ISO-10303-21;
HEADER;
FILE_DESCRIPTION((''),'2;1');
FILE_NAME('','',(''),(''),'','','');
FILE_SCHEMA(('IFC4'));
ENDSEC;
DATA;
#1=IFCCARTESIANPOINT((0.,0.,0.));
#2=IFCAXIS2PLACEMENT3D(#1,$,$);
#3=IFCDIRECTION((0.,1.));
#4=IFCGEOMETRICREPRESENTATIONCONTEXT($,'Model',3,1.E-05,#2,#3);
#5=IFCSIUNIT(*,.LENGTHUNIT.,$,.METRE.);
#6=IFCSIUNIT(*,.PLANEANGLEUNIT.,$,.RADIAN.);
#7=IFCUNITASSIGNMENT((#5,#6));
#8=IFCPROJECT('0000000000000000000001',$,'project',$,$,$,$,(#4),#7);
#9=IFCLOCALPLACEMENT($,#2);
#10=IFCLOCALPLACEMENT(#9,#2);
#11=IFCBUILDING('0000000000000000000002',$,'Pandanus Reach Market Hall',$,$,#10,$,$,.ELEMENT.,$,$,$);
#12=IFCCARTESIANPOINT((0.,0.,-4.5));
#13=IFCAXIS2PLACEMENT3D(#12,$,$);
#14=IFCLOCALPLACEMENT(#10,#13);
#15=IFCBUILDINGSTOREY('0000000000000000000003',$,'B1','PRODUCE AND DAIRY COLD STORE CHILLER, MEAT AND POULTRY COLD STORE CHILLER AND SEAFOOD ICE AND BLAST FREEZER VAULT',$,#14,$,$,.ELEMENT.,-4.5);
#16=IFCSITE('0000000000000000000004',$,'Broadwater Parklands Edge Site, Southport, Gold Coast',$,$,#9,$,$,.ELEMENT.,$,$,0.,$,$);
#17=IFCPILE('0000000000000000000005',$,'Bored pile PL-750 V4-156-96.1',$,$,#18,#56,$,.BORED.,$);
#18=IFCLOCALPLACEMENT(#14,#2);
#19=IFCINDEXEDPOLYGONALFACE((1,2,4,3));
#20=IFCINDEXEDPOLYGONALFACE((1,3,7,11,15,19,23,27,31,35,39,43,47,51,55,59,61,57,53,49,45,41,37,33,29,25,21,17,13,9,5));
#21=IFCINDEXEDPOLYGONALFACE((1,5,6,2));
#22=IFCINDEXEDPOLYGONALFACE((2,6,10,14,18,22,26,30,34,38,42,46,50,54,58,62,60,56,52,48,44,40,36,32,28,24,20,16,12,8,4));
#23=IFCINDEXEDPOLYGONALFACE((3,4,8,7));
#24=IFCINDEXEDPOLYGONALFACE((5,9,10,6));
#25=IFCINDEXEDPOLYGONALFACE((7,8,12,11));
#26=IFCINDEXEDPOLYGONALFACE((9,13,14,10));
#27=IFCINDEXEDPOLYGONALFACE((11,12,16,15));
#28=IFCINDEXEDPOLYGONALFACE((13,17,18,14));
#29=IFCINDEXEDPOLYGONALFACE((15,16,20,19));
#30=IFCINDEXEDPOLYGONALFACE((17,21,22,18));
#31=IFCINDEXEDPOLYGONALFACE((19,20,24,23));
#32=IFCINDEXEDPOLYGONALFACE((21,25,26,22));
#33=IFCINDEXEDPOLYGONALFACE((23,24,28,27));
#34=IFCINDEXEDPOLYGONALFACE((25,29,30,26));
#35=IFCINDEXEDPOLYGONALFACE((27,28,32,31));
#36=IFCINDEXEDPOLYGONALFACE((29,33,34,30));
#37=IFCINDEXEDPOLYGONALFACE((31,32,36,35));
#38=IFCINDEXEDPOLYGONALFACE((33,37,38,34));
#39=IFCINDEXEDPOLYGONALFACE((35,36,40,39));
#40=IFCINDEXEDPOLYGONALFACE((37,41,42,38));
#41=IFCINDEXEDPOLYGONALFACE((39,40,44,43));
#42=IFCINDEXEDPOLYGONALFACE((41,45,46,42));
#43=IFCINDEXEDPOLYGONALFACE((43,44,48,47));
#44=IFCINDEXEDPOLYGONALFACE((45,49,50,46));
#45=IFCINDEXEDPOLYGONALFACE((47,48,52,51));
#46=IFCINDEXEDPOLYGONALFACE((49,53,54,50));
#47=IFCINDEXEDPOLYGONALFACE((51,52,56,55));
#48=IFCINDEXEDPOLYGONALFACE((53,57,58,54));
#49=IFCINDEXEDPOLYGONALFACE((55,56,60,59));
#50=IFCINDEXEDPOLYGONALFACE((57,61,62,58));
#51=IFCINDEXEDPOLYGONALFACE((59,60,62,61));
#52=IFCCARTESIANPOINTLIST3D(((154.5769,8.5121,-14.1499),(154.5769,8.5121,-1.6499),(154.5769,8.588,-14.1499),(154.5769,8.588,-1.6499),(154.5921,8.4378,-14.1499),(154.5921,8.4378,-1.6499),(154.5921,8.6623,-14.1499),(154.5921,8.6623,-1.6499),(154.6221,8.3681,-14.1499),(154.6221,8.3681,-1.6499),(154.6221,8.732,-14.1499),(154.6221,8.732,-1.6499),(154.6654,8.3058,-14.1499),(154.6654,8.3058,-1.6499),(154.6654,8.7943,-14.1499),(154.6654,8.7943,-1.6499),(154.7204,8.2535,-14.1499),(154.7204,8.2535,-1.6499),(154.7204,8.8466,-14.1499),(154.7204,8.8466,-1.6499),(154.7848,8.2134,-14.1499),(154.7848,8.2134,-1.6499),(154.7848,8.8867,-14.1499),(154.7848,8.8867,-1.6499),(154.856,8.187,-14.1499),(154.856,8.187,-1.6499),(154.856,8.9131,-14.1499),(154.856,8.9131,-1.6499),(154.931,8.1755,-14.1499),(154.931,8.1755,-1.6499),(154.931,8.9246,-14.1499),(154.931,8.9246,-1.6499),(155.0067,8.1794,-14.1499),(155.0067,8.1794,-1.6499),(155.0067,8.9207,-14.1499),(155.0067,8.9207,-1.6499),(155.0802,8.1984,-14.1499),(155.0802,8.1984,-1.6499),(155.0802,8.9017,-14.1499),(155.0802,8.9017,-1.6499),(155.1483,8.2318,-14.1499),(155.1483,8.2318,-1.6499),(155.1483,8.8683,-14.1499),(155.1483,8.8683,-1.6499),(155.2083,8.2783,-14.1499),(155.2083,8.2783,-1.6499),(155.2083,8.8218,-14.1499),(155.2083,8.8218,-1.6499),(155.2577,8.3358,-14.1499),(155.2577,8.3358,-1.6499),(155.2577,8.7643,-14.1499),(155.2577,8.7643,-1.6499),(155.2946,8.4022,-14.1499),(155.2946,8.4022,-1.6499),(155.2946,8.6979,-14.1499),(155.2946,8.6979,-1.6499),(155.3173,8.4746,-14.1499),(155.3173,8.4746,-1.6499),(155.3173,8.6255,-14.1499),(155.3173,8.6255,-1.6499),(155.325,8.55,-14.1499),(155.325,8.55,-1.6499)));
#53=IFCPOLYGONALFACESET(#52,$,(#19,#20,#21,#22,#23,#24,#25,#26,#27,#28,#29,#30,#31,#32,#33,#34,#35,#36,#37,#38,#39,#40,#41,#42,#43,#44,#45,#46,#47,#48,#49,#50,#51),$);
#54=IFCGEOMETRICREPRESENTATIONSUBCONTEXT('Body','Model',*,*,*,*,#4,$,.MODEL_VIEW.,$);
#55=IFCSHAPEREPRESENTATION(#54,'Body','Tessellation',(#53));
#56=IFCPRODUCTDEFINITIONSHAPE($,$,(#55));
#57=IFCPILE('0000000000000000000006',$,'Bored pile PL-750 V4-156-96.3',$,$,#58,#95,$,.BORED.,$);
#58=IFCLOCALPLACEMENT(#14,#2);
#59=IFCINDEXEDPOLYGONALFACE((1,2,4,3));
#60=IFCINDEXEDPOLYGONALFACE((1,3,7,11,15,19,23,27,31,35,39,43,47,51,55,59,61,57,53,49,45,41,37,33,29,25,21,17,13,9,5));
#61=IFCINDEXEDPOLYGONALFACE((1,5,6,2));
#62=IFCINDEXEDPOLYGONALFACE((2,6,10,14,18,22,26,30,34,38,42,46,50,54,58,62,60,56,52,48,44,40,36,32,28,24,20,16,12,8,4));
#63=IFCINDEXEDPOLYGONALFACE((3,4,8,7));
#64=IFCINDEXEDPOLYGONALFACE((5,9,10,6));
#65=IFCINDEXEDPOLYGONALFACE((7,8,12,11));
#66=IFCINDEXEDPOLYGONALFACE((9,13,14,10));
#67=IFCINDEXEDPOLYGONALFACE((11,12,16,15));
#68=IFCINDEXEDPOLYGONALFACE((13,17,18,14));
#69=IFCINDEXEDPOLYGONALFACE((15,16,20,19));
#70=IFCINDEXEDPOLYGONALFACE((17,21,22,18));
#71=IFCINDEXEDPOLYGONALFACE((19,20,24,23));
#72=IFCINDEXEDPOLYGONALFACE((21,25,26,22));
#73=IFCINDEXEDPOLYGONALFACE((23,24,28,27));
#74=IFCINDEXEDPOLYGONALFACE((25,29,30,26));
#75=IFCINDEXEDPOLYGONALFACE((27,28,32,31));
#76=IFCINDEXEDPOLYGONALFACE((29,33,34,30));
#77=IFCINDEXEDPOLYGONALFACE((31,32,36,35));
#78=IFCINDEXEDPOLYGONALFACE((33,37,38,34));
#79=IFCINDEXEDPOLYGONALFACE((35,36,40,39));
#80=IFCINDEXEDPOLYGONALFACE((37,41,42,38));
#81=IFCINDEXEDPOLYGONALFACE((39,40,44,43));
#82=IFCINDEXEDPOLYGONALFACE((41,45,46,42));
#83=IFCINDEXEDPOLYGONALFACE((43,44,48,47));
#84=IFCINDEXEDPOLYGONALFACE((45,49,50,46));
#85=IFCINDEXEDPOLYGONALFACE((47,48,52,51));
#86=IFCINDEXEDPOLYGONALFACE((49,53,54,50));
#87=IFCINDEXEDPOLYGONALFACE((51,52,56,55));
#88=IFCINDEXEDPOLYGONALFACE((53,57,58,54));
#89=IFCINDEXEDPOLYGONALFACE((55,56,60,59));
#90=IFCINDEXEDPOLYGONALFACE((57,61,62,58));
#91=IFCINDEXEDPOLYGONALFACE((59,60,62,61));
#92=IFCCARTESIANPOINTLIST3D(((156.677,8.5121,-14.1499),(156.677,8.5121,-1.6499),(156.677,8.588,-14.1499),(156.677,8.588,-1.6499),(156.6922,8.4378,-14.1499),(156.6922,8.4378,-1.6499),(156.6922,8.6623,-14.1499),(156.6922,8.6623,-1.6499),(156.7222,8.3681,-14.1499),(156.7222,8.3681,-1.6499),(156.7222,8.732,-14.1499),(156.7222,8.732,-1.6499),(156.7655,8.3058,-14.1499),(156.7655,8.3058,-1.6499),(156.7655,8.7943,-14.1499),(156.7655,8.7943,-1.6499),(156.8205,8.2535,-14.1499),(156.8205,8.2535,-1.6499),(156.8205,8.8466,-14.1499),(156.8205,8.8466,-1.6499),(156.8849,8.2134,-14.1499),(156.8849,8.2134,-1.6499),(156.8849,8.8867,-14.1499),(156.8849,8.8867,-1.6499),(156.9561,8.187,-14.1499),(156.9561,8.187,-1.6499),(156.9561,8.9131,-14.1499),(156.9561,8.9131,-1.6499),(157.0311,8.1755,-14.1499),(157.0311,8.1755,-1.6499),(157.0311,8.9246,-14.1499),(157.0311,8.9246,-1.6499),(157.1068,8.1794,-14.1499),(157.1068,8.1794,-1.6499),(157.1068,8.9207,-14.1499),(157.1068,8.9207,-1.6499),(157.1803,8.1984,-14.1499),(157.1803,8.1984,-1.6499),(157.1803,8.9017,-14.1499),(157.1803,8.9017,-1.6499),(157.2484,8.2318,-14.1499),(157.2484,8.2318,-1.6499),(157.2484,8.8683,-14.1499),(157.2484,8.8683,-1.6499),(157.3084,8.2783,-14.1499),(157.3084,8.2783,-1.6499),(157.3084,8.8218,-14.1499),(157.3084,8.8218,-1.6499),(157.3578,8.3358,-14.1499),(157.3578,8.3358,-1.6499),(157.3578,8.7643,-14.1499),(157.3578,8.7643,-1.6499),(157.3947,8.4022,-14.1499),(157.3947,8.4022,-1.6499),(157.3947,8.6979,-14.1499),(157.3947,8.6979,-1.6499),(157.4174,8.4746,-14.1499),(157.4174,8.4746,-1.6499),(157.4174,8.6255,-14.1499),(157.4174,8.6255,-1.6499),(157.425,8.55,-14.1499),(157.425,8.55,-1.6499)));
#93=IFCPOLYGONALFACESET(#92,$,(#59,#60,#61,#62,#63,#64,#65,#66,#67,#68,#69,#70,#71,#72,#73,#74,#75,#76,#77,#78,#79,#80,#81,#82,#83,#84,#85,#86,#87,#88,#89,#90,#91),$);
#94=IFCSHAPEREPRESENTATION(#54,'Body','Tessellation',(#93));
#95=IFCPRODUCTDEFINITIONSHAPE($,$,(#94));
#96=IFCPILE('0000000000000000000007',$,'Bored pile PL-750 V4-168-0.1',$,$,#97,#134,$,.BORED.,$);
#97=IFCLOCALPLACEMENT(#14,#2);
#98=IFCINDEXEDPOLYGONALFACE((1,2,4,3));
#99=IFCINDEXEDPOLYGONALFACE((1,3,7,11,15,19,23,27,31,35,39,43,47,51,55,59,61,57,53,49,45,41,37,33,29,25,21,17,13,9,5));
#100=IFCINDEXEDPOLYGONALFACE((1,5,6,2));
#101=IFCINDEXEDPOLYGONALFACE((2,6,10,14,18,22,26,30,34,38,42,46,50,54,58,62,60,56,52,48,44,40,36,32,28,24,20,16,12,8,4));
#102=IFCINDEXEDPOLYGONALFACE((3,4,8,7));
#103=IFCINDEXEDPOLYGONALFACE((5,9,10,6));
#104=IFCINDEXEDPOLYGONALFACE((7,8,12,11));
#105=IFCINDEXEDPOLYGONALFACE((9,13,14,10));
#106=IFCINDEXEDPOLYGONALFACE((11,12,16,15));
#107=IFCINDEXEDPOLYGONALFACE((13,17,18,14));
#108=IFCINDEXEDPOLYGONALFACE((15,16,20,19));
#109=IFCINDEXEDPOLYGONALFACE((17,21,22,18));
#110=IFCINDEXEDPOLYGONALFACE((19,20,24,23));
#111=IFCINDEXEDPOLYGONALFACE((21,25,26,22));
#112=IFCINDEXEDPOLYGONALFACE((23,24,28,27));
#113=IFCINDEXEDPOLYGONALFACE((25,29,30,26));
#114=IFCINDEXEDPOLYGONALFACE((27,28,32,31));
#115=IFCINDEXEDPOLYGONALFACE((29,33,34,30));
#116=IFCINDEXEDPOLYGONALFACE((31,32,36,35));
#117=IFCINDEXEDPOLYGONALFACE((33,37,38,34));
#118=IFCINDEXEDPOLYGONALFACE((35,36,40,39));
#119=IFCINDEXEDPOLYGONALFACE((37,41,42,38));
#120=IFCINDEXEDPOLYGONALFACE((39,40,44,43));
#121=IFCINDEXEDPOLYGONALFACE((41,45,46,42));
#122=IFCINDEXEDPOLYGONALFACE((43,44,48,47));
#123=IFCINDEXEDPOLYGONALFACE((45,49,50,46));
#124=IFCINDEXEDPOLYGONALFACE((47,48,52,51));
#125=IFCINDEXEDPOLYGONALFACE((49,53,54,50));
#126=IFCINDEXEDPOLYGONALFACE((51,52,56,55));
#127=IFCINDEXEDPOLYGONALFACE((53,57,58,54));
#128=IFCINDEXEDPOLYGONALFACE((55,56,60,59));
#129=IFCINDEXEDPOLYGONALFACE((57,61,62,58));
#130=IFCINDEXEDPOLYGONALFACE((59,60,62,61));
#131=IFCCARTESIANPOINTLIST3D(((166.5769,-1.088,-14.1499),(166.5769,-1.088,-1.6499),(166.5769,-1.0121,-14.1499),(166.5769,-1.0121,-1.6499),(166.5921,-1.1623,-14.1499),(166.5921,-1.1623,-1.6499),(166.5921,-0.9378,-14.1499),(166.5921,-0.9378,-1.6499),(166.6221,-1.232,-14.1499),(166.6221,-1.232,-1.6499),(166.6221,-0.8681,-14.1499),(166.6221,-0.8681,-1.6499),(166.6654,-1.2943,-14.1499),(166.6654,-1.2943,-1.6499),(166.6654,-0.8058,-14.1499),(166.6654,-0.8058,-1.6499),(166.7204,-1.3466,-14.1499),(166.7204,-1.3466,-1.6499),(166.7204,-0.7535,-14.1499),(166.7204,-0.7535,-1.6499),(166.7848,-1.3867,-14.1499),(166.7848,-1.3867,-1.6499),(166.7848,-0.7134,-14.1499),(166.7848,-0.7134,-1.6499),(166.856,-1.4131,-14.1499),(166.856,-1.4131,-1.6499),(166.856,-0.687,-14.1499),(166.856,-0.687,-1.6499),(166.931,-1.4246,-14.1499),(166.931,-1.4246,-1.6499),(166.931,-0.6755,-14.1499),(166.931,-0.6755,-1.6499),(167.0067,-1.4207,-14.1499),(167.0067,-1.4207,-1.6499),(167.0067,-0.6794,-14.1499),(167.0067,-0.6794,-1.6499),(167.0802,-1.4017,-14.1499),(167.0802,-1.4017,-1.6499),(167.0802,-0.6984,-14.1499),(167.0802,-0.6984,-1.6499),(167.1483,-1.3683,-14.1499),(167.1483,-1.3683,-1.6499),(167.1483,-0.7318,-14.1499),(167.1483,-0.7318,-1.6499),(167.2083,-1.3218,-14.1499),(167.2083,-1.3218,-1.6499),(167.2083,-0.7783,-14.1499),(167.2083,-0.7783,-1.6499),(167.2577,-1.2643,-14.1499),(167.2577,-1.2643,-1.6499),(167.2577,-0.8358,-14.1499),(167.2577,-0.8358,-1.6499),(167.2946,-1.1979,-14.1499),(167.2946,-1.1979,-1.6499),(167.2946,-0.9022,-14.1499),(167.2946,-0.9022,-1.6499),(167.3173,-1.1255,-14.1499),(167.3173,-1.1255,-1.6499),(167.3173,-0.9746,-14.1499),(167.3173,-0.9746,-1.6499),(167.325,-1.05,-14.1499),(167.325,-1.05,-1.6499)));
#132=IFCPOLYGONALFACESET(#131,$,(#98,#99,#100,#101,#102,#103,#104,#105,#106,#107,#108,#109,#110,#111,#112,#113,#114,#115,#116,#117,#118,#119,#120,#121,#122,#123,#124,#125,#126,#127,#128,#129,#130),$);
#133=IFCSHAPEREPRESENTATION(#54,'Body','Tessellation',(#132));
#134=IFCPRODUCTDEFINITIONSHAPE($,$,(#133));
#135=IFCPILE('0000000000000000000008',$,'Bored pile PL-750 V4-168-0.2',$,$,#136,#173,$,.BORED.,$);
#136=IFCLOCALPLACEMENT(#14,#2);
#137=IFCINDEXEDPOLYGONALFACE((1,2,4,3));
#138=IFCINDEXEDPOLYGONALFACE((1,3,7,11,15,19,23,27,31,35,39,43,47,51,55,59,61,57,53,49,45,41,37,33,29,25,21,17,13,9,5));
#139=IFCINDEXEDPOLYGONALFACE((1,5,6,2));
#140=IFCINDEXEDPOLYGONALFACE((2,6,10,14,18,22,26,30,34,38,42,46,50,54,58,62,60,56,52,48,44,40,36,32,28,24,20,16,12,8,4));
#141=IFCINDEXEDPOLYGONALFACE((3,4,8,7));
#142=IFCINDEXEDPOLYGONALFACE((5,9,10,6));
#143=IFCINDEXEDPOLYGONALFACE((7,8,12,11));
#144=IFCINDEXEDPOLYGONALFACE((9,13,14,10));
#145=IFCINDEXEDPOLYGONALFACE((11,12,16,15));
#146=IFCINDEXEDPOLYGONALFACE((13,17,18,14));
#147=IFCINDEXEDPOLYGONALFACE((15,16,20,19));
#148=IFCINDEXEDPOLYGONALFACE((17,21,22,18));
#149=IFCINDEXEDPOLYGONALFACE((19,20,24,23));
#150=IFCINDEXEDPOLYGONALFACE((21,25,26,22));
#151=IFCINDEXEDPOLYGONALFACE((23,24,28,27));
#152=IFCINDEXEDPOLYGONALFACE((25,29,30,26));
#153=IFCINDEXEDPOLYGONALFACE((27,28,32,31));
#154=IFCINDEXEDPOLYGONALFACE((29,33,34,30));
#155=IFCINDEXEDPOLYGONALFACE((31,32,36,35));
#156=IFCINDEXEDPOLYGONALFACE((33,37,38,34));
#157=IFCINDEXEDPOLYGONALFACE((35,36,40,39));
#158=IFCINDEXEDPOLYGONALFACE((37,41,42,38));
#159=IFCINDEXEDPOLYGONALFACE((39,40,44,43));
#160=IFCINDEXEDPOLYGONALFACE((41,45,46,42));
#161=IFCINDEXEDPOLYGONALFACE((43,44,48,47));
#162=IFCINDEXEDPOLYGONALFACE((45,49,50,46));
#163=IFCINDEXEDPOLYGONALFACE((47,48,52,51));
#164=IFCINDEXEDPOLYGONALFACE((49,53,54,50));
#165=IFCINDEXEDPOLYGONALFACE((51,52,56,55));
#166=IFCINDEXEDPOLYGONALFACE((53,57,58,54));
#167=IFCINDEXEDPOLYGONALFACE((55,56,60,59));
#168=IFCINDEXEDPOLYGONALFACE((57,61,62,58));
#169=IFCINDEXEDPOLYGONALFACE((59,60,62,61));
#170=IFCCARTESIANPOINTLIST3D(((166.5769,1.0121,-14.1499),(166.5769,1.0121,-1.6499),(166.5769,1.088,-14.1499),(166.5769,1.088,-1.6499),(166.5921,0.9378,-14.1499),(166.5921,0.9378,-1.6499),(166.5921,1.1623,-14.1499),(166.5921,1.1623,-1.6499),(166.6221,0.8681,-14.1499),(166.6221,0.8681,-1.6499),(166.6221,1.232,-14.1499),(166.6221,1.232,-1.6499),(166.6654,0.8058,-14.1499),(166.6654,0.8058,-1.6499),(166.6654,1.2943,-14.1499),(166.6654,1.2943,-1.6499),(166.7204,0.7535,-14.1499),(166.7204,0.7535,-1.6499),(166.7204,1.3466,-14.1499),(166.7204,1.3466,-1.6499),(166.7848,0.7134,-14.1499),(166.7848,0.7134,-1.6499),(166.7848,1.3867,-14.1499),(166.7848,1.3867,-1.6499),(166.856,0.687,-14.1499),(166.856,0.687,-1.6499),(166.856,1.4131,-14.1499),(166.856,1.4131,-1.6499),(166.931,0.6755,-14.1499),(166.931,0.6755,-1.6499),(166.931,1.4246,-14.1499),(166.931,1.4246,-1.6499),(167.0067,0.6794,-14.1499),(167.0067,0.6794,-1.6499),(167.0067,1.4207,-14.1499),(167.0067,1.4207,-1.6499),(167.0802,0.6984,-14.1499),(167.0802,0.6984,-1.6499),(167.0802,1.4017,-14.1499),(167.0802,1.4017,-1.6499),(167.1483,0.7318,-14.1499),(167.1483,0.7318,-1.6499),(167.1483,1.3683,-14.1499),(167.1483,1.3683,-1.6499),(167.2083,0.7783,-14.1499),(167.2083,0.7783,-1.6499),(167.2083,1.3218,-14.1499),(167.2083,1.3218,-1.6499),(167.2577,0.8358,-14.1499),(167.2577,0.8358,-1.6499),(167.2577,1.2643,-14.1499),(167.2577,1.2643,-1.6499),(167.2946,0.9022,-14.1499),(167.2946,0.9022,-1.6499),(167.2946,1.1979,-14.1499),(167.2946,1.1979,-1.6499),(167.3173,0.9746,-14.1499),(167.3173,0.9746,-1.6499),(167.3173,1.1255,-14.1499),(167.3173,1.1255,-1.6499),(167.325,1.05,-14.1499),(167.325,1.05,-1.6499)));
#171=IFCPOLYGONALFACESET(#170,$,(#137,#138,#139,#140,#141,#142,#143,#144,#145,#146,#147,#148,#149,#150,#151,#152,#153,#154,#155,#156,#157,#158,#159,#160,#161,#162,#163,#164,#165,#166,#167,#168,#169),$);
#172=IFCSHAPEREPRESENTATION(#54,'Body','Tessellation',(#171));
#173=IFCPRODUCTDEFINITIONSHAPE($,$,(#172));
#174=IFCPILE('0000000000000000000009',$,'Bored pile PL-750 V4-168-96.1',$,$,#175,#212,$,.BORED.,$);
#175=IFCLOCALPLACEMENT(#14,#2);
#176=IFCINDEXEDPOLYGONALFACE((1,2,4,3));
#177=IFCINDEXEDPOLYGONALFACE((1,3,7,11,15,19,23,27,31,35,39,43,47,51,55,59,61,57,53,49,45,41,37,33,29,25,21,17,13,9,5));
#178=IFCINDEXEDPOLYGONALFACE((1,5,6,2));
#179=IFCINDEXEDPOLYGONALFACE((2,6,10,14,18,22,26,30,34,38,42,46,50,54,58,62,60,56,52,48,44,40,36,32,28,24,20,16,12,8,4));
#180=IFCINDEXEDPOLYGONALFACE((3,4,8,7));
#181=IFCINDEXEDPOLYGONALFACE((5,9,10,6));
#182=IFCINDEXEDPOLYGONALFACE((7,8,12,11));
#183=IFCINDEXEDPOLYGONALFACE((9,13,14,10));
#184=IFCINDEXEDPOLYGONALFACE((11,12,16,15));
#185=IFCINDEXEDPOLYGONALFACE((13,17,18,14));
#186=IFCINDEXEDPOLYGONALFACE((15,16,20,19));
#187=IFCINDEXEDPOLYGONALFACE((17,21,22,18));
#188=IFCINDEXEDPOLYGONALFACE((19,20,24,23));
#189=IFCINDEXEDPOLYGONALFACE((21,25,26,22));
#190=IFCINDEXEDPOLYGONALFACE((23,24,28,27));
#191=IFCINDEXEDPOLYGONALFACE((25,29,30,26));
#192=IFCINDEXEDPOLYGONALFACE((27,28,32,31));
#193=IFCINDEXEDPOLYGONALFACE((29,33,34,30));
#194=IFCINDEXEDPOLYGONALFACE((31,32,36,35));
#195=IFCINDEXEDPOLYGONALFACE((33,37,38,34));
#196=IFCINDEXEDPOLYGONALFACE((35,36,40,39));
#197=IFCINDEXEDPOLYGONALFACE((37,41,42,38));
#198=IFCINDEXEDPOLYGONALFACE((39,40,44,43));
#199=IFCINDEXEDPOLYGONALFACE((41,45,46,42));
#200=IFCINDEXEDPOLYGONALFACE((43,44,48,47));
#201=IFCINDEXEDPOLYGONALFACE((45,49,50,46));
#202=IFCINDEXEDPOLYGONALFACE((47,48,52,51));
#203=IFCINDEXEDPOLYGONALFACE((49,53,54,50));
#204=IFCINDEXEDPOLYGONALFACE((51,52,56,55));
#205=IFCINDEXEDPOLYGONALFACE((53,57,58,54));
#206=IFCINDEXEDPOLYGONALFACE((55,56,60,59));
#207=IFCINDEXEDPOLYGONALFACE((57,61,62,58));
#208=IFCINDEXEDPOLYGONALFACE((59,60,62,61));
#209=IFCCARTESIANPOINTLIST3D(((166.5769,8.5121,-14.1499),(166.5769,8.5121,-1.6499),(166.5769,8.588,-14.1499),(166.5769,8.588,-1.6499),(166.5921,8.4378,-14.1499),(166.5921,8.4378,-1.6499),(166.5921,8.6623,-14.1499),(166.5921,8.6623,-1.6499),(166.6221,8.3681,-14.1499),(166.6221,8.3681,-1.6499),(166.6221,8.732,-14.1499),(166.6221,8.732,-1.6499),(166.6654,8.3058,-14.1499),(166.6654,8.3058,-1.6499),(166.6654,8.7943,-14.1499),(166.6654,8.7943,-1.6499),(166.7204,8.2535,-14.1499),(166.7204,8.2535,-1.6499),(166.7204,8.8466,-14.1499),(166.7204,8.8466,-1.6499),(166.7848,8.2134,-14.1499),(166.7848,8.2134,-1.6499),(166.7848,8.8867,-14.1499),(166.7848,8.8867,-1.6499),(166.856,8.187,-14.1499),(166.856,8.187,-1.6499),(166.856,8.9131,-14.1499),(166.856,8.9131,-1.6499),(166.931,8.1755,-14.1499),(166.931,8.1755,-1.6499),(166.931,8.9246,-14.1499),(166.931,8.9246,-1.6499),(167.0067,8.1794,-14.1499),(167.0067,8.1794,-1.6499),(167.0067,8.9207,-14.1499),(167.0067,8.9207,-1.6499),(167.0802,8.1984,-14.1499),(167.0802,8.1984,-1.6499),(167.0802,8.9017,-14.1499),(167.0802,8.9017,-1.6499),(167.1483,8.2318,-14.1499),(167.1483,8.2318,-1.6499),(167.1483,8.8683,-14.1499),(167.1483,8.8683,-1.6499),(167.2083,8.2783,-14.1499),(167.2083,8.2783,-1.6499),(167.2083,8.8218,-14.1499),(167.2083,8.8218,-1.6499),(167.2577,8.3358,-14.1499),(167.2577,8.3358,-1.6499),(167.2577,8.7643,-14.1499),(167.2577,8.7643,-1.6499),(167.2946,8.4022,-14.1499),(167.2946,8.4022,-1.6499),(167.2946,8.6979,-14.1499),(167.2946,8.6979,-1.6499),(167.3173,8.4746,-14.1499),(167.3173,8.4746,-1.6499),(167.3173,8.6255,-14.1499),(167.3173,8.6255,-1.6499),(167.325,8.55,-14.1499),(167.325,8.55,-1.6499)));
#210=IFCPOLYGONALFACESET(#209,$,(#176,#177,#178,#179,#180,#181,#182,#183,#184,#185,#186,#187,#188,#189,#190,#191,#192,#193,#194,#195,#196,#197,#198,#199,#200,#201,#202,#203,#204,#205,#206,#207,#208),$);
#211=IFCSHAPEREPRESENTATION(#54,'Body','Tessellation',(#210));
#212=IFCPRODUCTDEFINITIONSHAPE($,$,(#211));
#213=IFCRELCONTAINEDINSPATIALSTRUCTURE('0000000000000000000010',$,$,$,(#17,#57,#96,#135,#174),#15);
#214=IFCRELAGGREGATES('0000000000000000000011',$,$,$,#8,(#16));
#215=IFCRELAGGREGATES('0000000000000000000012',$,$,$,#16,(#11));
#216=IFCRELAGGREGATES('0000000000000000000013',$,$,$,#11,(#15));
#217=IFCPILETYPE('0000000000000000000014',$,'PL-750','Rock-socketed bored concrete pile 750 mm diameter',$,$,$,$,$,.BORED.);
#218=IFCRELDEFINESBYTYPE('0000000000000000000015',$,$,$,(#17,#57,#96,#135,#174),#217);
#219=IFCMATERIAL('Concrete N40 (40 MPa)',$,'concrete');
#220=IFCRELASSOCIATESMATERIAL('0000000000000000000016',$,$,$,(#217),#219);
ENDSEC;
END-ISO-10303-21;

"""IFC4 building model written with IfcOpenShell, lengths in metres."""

from ifc_helpers import new_model, si_unit, direction, frame, origin, origin_2d, place, context, subcontext, project, spatial, circle, extrude, material, material_profile, profile_set, type_object, element, save


model = new_model("IFC4")

# Units and contexts
model_context = context("Model", 3, precision=1e-05, world=origin(), true_north=direction((0.0, 1.0)))
body_context = subcontext(model_context, "Body", "Model", "MODEL_VIEW")
ifc_project = project(units=[si_unit("LENGTHUNIT", "METRE"), si_unit("PLANEANGLEUNIT", "RADIAN")], contexts=[model_context])

# Site, building, storey
site_placement = place(None, origin())
site = spatial("IfcSite", under=ifc_project, at=site_placement, Name="Broadwater Parklands Edge Site, Southport, Gold Coast", CompositionType="ELEMENT", RefElevation=0.0)
building_placement = place(site_placement, origin())
building = spatial("IfcBuilding", under=site, at=building_placement, Name="Pandanus Reach Market Hall", CompositionType="ELEMENT")
storey_placement = place(building_placement, frame((0.0, 0.0, -4.5)))
storey = spatial("IfcBuildingStorey", under=building, at=storey_placement, Name="B1", Description="PRODUCE AND DAIRY COLD STORE CHILLER, MEAT AND POULTRY COLD STORE CHILLER AND SEAFOOD ICE AND BLAST FREEZER VAULT", CompositionType="ELEMENT", Elevation=-4.5)

# Shared definitions
ifc_material_1 = material(Name="Concrete N40 (40 MPa)", Category="concrete")

# Piles
ifc_material_profile_1 = material_profile(ifc_material_1, circle(Radius=0.375, at=origin_2d()), Name="PILE-750D", Category="LoadBearing")
ifc_profile_set_1 = profile_set([ifc_material_profile_1], Name="Concrete N40 (40 MPa)")
pile_type = type_object("IfcPileType", Name="PL-750", Description="Rock-socketed bored concrete pile 750 mm diameter", PredefinedType="BORED", material=ifc_profile_set_1)
for number, where, z_axis, x_axis, name in (
    (1, (154.95, 8.55, -1.6499), (0.0, 0.0, -1.0), (1.0, 0.0, 0.0), "Bored pile PL-750 V4-156-96.1"),
    (2, (157.05, 8.55, -1.6499), (0.0, 0.0, -1.0), (1.0, 0.0, 0.0), "Bored pile PL-750 V4-156-96.3"),
    (3, (166.95, -1.05, -1.6499), (0.0, 0.0, -1.0), (1.0, 0.0, 0.0), "Bored pile PL-750 V4-168-0.1"),
    (4, (166.95, 1.05, -1.6499), (0.0, 0.0, -1.0), (1.0, 0.0, 0.0), "Bored pile PL-750 V4-168-0.2"),
    (5, (166.95, 8.55, -1.6499), (0.0, 0.0, -1.0), (1.0, 0.0, 0.0), "Bored pile PL-750 V4-168-96.1"),
):
    element("IfcPile", number, at=place(storey_placement, frame(where, z_axis=z_axis, x_axis=x_axis)), inside=storey, type_object=pile_type, Name=name, PredefinedType="BORED", context=body_context, shape_type="SweptSolid", body=[
        extrude(circle(Radius=0.375, at=origin_2d()), origin(), (0.0, 0.0, 1.0), 12.5),
    ])

save(model, "model.ifc")
